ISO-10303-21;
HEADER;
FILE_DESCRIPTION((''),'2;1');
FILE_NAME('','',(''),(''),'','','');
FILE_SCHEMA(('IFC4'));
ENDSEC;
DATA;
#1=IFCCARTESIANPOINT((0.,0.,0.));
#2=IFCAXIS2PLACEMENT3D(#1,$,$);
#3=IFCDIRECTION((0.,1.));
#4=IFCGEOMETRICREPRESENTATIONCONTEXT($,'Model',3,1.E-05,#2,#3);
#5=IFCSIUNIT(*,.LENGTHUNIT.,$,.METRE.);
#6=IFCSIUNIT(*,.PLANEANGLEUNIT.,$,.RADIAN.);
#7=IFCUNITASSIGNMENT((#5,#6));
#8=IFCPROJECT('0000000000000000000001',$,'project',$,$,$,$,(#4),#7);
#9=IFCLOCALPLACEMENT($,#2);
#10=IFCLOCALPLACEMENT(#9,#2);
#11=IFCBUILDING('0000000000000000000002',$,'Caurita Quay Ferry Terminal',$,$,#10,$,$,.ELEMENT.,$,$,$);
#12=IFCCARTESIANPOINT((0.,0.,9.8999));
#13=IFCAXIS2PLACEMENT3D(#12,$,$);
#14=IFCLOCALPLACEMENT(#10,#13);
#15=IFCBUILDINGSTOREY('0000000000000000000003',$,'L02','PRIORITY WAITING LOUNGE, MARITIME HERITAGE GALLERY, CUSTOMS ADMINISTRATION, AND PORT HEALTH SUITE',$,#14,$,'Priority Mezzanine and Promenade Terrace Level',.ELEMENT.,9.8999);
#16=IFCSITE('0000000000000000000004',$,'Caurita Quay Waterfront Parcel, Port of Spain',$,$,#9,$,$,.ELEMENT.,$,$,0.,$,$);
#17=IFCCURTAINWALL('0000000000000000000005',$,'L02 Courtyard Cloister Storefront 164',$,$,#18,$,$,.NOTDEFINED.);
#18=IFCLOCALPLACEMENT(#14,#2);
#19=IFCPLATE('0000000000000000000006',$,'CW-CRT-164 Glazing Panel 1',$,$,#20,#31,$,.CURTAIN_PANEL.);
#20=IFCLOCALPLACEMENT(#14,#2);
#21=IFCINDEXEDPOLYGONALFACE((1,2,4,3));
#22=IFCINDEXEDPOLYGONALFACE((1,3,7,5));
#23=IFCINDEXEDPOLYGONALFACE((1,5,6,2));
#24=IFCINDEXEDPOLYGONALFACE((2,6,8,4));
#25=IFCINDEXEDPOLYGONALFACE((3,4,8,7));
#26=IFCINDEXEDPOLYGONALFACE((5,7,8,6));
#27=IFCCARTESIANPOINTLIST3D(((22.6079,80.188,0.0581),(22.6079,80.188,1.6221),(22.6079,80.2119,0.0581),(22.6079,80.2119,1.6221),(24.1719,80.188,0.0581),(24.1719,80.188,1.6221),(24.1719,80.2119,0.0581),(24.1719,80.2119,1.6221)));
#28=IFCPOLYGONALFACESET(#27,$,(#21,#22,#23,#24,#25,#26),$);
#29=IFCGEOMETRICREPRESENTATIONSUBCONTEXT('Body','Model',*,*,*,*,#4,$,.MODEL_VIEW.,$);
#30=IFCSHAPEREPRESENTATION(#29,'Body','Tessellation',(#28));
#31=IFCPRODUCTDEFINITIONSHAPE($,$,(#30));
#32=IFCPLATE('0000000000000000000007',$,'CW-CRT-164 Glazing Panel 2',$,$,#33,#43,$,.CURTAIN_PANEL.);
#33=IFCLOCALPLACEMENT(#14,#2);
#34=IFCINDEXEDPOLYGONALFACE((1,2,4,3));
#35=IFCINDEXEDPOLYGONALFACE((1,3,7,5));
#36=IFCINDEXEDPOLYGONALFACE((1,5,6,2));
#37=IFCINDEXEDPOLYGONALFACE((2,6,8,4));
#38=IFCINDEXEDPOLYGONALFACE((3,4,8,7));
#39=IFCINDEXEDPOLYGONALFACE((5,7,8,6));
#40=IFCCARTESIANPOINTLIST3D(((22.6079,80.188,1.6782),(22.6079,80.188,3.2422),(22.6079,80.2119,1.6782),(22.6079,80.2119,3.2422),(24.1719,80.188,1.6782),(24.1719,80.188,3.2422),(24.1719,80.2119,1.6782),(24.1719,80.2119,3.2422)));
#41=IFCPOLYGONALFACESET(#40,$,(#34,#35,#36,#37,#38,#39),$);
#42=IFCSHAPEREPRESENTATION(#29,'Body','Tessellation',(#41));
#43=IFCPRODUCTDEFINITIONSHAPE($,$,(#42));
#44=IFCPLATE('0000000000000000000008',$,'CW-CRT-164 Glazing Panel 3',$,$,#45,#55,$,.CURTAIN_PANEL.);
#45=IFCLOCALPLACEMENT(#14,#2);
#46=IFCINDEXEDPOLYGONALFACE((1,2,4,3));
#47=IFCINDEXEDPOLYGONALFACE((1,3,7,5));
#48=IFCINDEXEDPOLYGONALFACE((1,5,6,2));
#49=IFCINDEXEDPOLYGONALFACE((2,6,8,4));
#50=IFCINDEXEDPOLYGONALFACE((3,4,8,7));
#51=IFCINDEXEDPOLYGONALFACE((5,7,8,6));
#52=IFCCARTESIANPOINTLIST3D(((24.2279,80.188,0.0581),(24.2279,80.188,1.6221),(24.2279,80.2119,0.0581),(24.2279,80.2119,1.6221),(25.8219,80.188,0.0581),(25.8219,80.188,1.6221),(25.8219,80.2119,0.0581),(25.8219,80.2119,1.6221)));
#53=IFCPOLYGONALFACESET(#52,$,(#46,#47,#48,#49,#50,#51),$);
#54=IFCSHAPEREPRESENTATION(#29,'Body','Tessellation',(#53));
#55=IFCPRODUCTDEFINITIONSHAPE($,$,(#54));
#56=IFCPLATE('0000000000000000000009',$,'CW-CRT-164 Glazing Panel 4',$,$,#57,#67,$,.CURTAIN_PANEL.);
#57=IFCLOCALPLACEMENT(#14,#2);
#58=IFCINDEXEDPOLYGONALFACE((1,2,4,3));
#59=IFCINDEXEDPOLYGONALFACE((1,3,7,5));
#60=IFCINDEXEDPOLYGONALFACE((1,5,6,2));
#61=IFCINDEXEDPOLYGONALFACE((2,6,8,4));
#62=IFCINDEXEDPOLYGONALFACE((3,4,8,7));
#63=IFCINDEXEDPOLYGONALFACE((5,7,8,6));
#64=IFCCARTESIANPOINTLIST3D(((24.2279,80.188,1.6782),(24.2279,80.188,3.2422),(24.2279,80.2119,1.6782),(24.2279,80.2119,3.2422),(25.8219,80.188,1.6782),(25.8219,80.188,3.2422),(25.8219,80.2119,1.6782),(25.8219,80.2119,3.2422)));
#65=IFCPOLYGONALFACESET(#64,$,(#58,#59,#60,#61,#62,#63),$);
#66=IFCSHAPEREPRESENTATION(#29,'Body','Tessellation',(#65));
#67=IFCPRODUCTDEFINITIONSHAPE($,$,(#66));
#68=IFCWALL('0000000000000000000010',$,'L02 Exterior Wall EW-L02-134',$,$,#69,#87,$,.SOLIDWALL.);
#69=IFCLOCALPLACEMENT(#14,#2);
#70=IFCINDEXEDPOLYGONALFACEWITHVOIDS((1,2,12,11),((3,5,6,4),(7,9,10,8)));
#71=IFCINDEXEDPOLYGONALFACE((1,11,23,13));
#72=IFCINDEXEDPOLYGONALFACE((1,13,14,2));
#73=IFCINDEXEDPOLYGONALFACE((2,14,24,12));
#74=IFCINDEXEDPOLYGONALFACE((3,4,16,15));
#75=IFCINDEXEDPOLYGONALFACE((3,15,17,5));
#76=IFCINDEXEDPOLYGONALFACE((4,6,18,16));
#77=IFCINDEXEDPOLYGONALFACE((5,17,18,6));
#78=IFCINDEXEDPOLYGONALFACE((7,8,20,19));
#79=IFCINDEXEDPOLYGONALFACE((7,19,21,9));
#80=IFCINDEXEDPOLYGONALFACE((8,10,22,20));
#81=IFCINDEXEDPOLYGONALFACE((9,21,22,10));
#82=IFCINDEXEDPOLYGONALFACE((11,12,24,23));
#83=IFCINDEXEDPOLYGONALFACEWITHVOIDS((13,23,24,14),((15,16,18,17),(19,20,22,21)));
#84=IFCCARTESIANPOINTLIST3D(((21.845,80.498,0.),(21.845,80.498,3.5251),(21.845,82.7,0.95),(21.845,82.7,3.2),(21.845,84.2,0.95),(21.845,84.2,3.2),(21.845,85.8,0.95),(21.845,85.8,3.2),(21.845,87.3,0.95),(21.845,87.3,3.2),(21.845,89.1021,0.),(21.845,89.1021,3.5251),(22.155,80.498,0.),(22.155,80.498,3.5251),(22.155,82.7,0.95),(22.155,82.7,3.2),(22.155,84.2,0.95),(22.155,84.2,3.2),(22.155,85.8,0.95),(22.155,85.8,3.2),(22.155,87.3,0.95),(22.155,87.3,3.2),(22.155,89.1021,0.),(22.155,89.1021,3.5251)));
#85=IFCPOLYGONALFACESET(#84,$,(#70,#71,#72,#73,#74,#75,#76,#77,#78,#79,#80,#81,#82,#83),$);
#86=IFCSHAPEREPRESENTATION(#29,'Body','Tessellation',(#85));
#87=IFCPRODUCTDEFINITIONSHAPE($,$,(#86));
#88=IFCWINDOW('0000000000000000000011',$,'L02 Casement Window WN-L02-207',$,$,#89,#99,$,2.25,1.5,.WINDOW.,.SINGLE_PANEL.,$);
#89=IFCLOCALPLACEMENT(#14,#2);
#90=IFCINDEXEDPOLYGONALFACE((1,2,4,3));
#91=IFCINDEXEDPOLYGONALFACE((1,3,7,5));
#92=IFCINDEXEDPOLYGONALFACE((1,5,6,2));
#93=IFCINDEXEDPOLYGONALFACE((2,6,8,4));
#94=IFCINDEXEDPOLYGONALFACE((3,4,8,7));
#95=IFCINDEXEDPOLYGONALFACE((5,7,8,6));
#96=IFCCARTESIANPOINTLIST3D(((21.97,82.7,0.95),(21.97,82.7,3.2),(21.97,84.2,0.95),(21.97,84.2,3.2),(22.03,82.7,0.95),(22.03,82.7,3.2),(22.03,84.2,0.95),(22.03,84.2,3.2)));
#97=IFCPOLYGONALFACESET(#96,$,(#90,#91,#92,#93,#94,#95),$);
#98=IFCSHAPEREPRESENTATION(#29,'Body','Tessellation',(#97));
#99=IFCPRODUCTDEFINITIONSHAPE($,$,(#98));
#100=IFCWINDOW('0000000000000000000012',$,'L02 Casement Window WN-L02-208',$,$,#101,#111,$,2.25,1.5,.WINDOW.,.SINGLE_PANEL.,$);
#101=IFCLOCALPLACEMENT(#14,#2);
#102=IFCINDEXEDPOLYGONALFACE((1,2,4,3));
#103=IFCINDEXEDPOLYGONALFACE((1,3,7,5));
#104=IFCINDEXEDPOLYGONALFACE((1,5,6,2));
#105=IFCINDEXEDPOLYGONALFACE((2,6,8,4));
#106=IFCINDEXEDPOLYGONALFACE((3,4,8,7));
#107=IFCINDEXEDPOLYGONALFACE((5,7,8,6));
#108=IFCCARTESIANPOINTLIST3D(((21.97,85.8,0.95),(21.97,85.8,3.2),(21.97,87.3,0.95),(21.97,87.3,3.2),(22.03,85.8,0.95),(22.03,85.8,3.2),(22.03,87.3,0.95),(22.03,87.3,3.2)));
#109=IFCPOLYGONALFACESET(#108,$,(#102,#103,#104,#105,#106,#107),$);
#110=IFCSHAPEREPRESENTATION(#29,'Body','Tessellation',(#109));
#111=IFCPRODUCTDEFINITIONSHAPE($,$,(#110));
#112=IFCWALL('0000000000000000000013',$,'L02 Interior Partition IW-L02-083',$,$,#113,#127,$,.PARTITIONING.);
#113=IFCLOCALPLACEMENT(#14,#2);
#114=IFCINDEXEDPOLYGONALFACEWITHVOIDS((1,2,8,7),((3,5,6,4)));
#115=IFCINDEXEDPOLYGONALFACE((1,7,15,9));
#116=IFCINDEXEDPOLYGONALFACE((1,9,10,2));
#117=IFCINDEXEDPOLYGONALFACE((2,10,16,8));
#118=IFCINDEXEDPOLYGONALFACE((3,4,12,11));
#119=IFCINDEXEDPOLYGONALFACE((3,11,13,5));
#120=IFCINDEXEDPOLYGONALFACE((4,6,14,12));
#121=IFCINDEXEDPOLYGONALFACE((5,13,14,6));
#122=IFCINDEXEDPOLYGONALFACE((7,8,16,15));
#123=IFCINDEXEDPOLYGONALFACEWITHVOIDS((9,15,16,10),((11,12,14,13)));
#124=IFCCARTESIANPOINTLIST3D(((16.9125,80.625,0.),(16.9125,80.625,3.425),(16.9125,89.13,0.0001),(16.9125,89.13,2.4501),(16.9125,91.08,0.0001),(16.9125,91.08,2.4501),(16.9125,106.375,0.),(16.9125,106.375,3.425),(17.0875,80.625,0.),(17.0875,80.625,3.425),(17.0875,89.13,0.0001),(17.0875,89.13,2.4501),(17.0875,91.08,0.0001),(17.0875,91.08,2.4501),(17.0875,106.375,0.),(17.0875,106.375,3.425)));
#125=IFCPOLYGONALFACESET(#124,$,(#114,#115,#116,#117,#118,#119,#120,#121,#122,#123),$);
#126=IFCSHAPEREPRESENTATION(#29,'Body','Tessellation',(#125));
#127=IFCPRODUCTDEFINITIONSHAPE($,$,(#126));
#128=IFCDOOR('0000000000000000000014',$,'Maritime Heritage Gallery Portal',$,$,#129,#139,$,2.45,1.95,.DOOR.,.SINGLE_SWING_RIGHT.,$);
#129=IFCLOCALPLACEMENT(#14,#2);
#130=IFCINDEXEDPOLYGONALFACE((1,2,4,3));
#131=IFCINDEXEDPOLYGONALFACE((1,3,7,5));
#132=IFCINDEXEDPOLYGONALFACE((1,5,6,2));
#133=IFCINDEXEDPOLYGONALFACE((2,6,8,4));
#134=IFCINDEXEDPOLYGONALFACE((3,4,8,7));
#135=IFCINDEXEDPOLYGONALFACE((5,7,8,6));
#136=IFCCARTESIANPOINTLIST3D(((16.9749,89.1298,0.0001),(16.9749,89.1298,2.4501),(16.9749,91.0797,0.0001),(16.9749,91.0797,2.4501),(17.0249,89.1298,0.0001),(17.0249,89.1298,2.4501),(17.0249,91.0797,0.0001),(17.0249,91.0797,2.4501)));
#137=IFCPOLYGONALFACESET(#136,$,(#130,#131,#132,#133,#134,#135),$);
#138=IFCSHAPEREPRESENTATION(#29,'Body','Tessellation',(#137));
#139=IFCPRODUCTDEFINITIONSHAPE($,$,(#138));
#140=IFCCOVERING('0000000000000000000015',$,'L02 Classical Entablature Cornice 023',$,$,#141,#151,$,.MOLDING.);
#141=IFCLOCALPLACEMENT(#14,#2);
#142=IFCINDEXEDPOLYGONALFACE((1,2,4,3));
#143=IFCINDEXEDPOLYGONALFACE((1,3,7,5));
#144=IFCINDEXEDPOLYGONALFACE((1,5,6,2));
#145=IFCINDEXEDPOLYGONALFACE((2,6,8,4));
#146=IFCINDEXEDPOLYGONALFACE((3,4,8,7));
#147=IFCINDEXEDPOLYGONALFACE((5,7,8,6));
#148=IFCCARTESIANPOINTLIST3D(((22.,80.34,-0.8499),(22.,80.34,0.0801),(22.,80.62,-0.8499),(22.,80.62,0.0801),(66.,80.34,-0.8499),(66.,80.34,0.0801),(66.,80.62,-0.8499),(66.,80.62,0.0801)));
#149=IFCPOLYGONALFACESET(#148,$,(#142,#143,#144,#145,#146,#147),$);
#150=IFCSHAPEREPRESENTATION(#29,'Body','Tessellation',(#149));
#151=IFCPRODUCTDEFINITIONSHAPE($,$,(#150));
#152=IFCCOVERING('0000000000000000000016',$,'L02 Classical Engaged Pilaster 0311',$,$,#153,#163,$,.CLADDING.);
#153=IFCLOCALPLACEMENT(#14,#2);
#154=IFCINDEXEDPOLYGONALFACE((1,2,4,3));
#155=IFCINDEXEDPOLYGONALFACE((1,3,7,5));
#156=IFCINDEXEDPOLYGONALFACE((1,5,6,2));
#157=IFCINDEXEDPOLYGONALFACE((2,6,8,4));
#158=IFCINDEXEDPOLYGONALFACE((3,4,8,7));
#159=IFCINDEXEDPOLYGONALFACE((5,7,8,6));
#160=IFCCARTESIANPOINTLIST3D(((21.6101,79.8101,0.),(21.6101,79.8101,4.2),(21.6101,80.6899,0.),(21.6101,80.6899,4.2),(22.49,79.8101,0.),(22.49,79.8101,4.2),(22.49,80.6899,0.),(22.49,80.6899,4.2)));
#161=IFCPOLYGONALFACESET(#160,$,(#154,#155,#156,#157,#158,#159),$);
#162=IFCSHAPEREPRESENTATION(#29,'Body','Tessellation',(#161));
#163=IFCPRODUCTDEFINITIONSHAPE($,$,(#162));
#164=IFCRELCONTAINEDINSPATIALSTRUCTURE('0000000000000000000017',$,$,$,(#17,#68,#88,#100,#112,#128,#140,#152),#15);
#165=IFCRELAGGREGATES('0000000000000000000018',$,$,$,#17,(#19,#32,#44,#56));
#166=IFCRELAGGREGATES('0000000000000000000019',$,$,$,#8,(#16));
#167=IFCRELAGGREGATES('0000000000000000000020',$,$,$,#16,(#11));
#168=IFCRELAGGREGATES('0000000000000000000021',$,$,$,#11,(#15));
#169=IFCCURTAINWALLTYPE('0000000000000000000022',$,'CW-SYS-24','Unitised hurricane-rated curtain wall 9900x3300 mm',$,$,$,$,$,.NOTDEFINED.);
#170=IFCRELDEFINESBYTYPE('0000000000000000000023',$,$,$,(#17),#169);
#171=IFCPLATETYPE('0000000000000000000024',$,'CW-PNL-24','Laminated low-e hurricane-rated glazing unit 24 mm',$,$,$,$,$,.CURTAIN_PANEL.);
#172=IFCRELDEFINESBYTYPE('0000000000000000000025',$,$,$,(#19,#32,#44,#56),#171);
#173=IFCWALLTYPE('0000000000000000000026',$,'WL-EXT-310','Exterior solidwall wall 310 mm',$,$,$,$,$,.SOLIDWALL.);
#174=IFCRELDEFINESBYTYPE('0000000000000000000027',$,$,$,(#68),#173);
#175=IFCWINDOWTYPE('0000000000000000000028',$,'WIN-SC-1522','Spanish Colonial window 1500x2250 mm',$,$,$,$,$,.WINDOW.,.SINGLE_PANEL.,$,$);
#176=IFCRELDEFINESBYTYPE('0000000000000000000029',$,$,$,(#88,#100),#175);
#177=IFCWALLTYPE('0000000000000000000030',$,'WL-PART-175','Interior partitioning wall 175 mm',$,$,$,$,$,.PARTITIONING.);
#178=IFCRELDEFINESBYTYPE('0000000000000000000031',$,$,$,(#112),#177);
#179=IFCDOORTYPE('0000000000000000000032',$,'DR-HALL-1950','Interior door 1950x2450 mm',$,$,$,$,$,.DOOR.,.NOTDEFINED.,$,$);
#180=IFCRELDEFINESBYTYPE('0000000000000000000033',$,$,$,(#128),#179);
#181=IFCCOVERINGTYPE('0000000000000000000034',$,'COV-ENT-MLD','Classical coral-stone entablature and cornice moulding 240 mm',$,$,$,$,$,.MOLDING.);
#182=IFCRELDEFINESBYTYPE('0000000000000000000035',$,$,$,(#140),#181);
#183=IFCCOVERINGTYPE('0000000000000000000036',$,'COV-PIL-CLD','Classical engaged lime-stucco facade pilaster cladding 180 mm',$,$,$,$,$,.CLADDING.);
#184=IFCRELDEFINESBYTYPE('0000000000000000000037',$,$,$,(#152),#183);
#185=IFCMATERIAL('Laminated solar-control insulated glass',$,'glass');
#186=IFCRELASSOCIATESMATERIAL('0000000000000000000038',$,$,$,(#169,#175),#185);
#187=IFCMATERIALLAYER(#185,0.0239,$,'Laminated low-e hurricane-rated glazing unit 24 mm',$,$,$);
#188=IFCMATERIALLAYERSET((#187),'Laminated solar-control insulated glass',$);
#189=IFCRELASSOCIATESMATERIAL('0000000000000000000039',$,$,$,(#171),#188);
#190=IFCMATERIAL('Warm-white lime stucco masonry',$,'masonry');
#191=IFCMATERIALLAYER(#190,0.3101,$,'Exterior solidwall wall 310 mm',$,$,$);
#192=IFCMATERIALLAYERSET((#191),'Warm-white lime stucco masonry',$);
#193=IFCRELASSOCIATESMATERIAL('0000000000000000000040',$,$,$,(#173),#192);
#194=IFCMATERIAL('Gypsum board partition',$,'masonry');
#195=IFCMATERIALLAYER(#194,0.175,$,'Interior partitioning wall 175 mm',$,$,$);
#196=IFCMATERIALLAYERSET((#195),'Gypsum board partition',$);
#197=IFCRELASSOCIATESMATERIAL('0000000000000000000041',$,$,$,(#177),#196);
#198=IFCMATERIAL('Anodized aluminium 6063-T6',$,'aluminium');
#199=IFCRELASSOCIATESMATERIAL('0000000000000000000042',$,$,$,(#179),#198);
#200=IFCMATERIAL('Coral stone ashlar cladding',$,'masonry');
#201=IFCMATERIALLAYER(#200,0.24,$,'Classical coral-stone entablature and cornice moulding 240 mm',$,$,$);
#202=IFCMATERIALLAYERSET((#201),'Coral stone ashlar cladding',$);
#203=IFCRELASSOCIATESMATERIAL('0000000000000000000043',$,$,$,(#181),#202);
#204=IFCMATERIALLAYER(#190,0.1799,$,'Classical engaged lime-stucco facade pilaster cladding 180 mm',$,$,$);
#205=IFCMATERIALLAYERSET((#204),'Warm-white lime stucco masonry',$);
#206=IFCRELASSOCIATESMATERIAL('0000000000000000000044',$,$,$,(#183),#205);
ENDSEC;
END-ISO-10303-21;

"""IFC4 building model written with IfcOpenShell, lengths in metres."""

from ifc_helpers import new_model, si_unit, direction, frame, frame_2d, origin, origin_2d, place, context, subcontext, project, spatial, rectangle, extrude, material, layer, layer_set, type_object, element, fill, aggregate, save


model = new_model("IFC4")

# Units and contexts
model_context = context("Model", 3, precision=1e-05, world=origin(), true_north=direction((0.0, 1.0)))
body_context = subcontext(model_context, "Body", "Model", "MODEL_VIEW")
ifc_project = project(units=[si_unit("LENGTHUNIT", "METRE"), si_unit("PLANEANGLEUNIT", "RADIAN")], contexts=[model_context])

# Site, building, storey
site_placement = place(None, origin())
site = spatial("IfcSite", under=ifc_project, at=site_placement, Name="Caurita Quay Waterfront Parcel, Port of Spain", CompositionType="ELEMENT", RefElevation=0.0)
building_placement = place(site_placement, origin())
building = spatial("IfcBuilding", under=site, at=building_placement, Name="Caurita Quay Ferry Terminal", CompositionType="ELEMENT")
storey_placement = place(building_placement, frame((0.0, 0.0, 9.8999)))
storey = spatial("IfcBuildingStorey", under=building, at=storey_placement, Name="L02", Description="PRIORITY WAITING LOUNGE, MARITIME HERITAGE GALLERY, CUSTOMS ADMINISTRATION, AND PORT HEALTH SUITE", LongName="Priority Mezzanine and Promenade Terrace Level", CompositionType="ELEMENT", Elevation=9.8999)

# Curtain wall, plates
ifc_material_1 = material(Name="Laminated solar-control insulated glass", Category="glass")
curtain_wall_type = type_object("IfcCurtainWallType", Name="CW-SYS-24", Description="Unitised hurricane-rated curtain wall 9900x3300 mm", PredefinedType="NOTDEFINED", material=ifc_material_1)
curtain_wall_placement = place(storey_placement, origin())
curtain_wall = element("IfcCurtainWall", 1, at=curtain_wall_placement, inside=storey, type_object=curtain_wall_type, Name="L02 Courtyard Cloister Storefront 164", PredefinedType="NOTDEFINED")
ifc_material_2 = material(Name="Anodized aluminium 6063-T6", Category="aluminium")
ifc_layer_1 = layer(ifc_material_1, 0.0239, Name="Laminated low-e hurricane-rated glazing unit 24 mm")
ifc_layer_set_1 = layer_set([ifc_layer_1], Name="Laminated solar-control insulated glass")
plate_type = type_object("IfcPlateType", Name="CW-PNL-24", Description="Laminated low-e hurricane-rated glazing unit 24 mm", PredefinedType="CURTAIN_PANEL", material=ifc_layer_set_1)
plate_1_placement = place(storey_placement, frame((23.3899, 80.2, 0.0581), z_axis=(0.0, 0.0, 1.0), x_axis=(1.0, 0.0, 0.0)))
plate_1 = element("IfcPlate", 2, at=plate_1_placement, type_object=plate_type, Name="CW-CRT-164 Glazing Panel 1", PredefinedType="CURTAIN_PANEL", context=body_context, shape_type="SweptSolid", body=[
    extrude(rectangle(XDim=1.564, YDim=0.0239, at=origin_2d()), origin(), (0.0, 0.0, 1.0), 1.564),
])
plate_2_placement = place(storey_placement, frame((23.3899, 80.2, 1.6782), z_axis=(0.0, 0.0, 1.0), x_axis=(1.0, 0.0, 0.0)))
plate_2 = element("IfcPlate", 3, at=plate_2_placement, type_object=plate_type, Name="CW-CRT-164 Glazing Panel 2", PredefinedType="CURTAIN_PANEL", context=body_context, shape_type="SweptSolid", body=[
    extrude(rectangle(XDim=1.564, YDim=0.0239, at=origin_2d()), origin(), (0.0, 0.0, 1.0), 1.564),
])
plate_3_placement = place(storey_placement, frame((25.0249, 80.2, 0.0581), z_axis=(0.0, 0.0, 1.0), x_axis=(1.0, 0.0, 0.0)))
plate_3 = element("IfcPlate", 4, at=plate_3_placement, type_object=plate_type, Name="CW-CRT-164 Glazing Panel 3", PredefinedType="CURTAIN_PANEL", context=body_context, shape_type="SweptSolid", body=[
    extrude(rectangle(XDim=1.594, YDim=0.0239, at=origin_2d()), origin(), (0.0, 0.0, 1.0), 1.564),
])
plate_4_placement = place(storey_placement, frame((25.0249, 80.2, 1.6782), z_axis=(0.0, 0.0, 1.0), x_axis=(1.0, 0.0, 0.0)))
plate_4 = element("IfcPlate", 5, at=plate_4_placement, type_object=plate_type, Name="CW-CRT-164 Glazing Panel 4", PredefinedType="CURTAIN_PANEL", context=body_context, shape_type="SweptSolid", body=[
    extrude(rectangle(XDim=1.594, YDim=0.0239, at=origin_2d()), origin(), (0.0, 0.0, 1.0), 1.564),
])
aggregate(curtain_wall, [plate_1, plate_2, plate_3, plate_4])

# Wall, openings, windows
ifc_material_3 = material(Name="Warm-white lime stucco masonry", Category="masonry")
ifc_layer_2 = layer(ifc_material_3, 0.3101, Name="Exterior solidwall wall 310 mm")
ifc_layer_set_2 = layer_set([ifc_layer_2], Name="Warm-white lime stucco masonry")
wall_type_1 = type_object("IfcWallType", Name="WL-EXT-310", Description="Exterior solidwall wall 310 mm", PredefinedType="SOLIDWALL", material=ifc_layer_set_2)
wall_1_placement = place(storey_placement, frame((22.0, 80.498, 0.0), z_axis=(0.0, 0.0, 1.0), x_axis=(0.0, 1.0, 0.0)))
wall_1 = element("IfcWall", 6, at=wall_1_placement, inside=storey, type_object=wall_type_1, Name="L02 Exterior Wall EW-L02-134", PredefinedType="SOLIDWALL", context=body_context, shape_type="SweptSolid", body=[
    extrude(rectangle(XDim=8.604, YDim=0.3101, at=frame_2d((4.302, 0.0))), origin(), (0.0, 0.0, 1.0), 3.5251),
])
opening_1_placement = place(wall_1_placement, frame((2.2019, 0.0, 0.95)))
opening_1 = element("IfcOpeningElement", 7, at=opening_1_placement, cuts=wall_1, PredefinedType="OPENING", context=body_context, shape_type="SweptSolid", body=[
    extrude(rectangle(XDim=1.5, YDim=2.25, at=frame_2d((0.75, 1.125))), frame((0.0, 0.165, 0.0), z_axis=(0.0, -1.0, 0.0), x_axis=(1.0, 0.0, 0.0)), (0.0, 0.0, 1.0), 0.3301),
])
opening_2_placement = place(wall_1_placement, frame((5.302, 0.0, 0.95)))
opening_2 = element("IfcOpeningElement", 8, at=opening_2_placement, cuts=wall_1, PredefinedType="OPENING", context=body_context, shape_type="SweptSolid", body=[
    extrude(rectangle(XDim=1.5, YDim=2.25, at=frame_2d((0.75, 1.125))), frame((0.0, 0.165, 0.0), z_axis=(0.0, -1.0, 0.0), x_axis=(1.0, 0.0, 0.0)), (0.0, 0.0, 1.0), 0.3301),
])
window_type = type_object("IfcWindowType", Name="WIN-SC-1522", Description="Spanish Colonial window 1500x2250 mm", PartitioningType="SINGLE_PANEL", PredefinedType="WINDOW", material=ifc_material_1)
window_1_placement = place(opening_1_placement, origin())
window_1 = element("IfcWindow", 9, at=window_1_placement, inside=storey, type_object=window_type, Name="L02 Casement Window WN-L02-207", OverallHeight=2.25, OverallWidth=1.5, PartitioningType="SINGLE_PANEL", PredefinedType="WINDOW", context=body_context, shape_type="SweptSolid", body=[
    extrude(rectangle(XDim=1.5, YDim=2.25, at=frame_2d((0.75, 1.125))), frame((0.0, 0.03, 0.0), z_axis=(0.0, -1.0, 0.0), x_axis=(1.0, 0.0, 0.0)), (0.0, 0.0, 1.0), 0.0601),
])
fill(opening_1, window_1)
window_2_placement = place(opening_2_placement, origin())
window_2 = element("IfcWindow", 10, at=window_2_placement, inside=storey, type_object=window_type, Name="L02 Casement Window WN-L02-208", OverallHeight=2.25, OverallWidth=1.5, PartitioningType="SINGLE_PANEL", PredefinedType="WINDOW", context=body_context, shape_type="SweptSolid", body=[
    extrude(rectangle(XDim=1.5, YDim=2.25, at=frame_2d((0.75, 1.125))), frame((0.0, 0.03, 0.0), z_axis=(0.0, -1.0, 0.0), x_axis=(1.0, 0.0, 0.0)), (0.0, 0.0, 1.0), 0.0601),
])
fill(opening_2, window_2)

# Wall, opening, door
ifc_material_4 = material(Name="Gypsum board partition", Category="masonry")
ifc_layer_3 = layer(ifc_material_4, 0.175, Name="Interior partitioning wall 175 mm")
ifc_layer_set_3 = layer_set([ifc_layer_3], Name="Gypsum board partition")
wall_type_2 = type_object("IfcWallType", Name="WL-PART-175", Description="Interior partitioning wall 175 mm", PredefinedType="PARTITIONING", material=ifc_layer_set_3)
wall_2_placement = place(storey_placement, frame((17.0, 80.625, 0.0), z_axis=(0.0, 0.0, 1.0), x_axis=(0.0, 1.0, 0.0)))
wall_2 = element("IfcWall", 11, at=wall_2_placement, inside=storey, type_object=wall_type_2, Name="L02 Interior Partition IW-L02-083", PredefinedType="PARTITIONING", context=body_context, shape_type="SweptSolid", body=[
    extrude(rectangle(XDim=25.75, YDim=0.175, at=frame_2d((12.875, 0.0))), origin(), (0.0, 0.0, 1.0), 3.425),
])
opening_3_placement = place(wall_2_placement, frame((8.5049, 0.0, 0.0)))
opening_3 = element("IfcOpeningElement", 12, at=opening_3_placement, cuts=wall_2, PredefinedType="OPENING", context=body_context, shape_type="SweptSolid", body=[
    extrude(rectangle(XDim=1.95, YDim=2.45, at=frame_2d((0.9751, 1.2251))), frame((0.0, 0.0974, 0.0), z_axis=(0.0, -1.0, 0.0), x_axis=(1.0, 0.0, 0.0)), (0.0, 0.0, 1.0), 0.1951),
])
door_type = type_object("IfcDoorType", Name="DR-HALL-1950", Description="Interior door 1950x2450 mm", OperationType="NOTDEFINED", PredefinedType="DOOR", material=ifc_material_2)
door_placement = place(opening_3_placement, frame((1.95, 0.0, 0.0), z_axis=(0.0, 0.0, 1.0), x_axis=(-1.0, 0.0, 0.0)))
door = element("IfcDoor", 13, at=door_placement, inside=storey, type_object=door_type, Name="Maritime Heritage Gallery Portal", OperationType="SINGLE_SWING_RIGHT", OverallHeight=2.45, OverallWidth=1.95, PredefinedType="DOOR", context=body_context, shape_type="SweptSolid", body=[
    extrude(rectangle(XDim=1.95, YDim=2.45, at=frame_2d((0.9751, 1.2251))), frame((0.0, 0.0249, 0.0), z_axis=(0.0, -1.0, 0.0), x_axis=(1.0, 0.0, 0.0)), (0.0, 0.0, 1.0), 0.05),
])
fill(opening_3, door)

# Coverings
ifc_material_5 = material(Name="Coral stone ashlar cladding", Category="masonry")
ifc_layer_4 = layer(ifc_material_5, 0.24, Name="Classical coral-stone entablature and cornice moulding 240 mm")
ifc_layer_set_4 = layer_set([ifc_layer_4], Name="Coral stone ashlar cladding")
covering_type_1 = type_object("IfcCoveringType", Name="COV-ENT-MLD", Description="Classical coral-stone entablature and cornice moulding 240 mm", PredefinedType="MOLDING", material=ifc_layer_set_4)
covering_1_placement = place(storey_placement, frame((22.0, 80.48, -0.8499), z_axis=(0.0, 0.0, 1.0), x_axis=(1.0, 0.0, 0.0)))
element("IfcCovering", 14, at=covering_1_placement, inside=storey, type_object=covering_type_1, Name="L02 Classical Entablature Cornice 023", PredefinedType="MOLDING", context=body_context, shape_type="SweptSolid", body=[
    extrude(rectangle(XDim=44.0, YDim=0.28, at=frame_2d((22.0, 0.0))), origin(), (0.0, 0.0, 1.0), 0.9299),
])
ifc_layer_5 = layer(ifc_material_3, 0.1799, Name="Classical engaged lime-stucco facade pilaster cladding 180 mm")
ifc_layer_set_5 = layer_set([ifc_layer_5], Name="Warm-white lime stucco masonry")
covering_type_2 = type_object("IfcCoveringType", Name="COV-PIL-CLD", Description="Classical engaged lime-stucco facade pilaster cladding 180 mm", PredefinedType="CLADDING", material=ifc_layer_set_5)
covering_2_placement = place(storey_placement, frame((22.05, 80.25, 0.0), z_axis=(0.0, 0.0, 1.0), x_axis=(1.0, 0.0, 0.0)))
element("IfcCovering", 15, at=covering_2_placement, inside=storey, type_object=covering_type_2, Name="L02 Classical Engaged Pilaster 0311", PredefinedType="CLADDING", context=body_context, shape_type="SweptSolid", body=[
    extrude(rectangle(XDim=0.8799, YDim=0.8799, at=origin_2d()), origin(), (0.0, 0.0, 1.0), 4.2),
])

save(model, "model.ifc")
